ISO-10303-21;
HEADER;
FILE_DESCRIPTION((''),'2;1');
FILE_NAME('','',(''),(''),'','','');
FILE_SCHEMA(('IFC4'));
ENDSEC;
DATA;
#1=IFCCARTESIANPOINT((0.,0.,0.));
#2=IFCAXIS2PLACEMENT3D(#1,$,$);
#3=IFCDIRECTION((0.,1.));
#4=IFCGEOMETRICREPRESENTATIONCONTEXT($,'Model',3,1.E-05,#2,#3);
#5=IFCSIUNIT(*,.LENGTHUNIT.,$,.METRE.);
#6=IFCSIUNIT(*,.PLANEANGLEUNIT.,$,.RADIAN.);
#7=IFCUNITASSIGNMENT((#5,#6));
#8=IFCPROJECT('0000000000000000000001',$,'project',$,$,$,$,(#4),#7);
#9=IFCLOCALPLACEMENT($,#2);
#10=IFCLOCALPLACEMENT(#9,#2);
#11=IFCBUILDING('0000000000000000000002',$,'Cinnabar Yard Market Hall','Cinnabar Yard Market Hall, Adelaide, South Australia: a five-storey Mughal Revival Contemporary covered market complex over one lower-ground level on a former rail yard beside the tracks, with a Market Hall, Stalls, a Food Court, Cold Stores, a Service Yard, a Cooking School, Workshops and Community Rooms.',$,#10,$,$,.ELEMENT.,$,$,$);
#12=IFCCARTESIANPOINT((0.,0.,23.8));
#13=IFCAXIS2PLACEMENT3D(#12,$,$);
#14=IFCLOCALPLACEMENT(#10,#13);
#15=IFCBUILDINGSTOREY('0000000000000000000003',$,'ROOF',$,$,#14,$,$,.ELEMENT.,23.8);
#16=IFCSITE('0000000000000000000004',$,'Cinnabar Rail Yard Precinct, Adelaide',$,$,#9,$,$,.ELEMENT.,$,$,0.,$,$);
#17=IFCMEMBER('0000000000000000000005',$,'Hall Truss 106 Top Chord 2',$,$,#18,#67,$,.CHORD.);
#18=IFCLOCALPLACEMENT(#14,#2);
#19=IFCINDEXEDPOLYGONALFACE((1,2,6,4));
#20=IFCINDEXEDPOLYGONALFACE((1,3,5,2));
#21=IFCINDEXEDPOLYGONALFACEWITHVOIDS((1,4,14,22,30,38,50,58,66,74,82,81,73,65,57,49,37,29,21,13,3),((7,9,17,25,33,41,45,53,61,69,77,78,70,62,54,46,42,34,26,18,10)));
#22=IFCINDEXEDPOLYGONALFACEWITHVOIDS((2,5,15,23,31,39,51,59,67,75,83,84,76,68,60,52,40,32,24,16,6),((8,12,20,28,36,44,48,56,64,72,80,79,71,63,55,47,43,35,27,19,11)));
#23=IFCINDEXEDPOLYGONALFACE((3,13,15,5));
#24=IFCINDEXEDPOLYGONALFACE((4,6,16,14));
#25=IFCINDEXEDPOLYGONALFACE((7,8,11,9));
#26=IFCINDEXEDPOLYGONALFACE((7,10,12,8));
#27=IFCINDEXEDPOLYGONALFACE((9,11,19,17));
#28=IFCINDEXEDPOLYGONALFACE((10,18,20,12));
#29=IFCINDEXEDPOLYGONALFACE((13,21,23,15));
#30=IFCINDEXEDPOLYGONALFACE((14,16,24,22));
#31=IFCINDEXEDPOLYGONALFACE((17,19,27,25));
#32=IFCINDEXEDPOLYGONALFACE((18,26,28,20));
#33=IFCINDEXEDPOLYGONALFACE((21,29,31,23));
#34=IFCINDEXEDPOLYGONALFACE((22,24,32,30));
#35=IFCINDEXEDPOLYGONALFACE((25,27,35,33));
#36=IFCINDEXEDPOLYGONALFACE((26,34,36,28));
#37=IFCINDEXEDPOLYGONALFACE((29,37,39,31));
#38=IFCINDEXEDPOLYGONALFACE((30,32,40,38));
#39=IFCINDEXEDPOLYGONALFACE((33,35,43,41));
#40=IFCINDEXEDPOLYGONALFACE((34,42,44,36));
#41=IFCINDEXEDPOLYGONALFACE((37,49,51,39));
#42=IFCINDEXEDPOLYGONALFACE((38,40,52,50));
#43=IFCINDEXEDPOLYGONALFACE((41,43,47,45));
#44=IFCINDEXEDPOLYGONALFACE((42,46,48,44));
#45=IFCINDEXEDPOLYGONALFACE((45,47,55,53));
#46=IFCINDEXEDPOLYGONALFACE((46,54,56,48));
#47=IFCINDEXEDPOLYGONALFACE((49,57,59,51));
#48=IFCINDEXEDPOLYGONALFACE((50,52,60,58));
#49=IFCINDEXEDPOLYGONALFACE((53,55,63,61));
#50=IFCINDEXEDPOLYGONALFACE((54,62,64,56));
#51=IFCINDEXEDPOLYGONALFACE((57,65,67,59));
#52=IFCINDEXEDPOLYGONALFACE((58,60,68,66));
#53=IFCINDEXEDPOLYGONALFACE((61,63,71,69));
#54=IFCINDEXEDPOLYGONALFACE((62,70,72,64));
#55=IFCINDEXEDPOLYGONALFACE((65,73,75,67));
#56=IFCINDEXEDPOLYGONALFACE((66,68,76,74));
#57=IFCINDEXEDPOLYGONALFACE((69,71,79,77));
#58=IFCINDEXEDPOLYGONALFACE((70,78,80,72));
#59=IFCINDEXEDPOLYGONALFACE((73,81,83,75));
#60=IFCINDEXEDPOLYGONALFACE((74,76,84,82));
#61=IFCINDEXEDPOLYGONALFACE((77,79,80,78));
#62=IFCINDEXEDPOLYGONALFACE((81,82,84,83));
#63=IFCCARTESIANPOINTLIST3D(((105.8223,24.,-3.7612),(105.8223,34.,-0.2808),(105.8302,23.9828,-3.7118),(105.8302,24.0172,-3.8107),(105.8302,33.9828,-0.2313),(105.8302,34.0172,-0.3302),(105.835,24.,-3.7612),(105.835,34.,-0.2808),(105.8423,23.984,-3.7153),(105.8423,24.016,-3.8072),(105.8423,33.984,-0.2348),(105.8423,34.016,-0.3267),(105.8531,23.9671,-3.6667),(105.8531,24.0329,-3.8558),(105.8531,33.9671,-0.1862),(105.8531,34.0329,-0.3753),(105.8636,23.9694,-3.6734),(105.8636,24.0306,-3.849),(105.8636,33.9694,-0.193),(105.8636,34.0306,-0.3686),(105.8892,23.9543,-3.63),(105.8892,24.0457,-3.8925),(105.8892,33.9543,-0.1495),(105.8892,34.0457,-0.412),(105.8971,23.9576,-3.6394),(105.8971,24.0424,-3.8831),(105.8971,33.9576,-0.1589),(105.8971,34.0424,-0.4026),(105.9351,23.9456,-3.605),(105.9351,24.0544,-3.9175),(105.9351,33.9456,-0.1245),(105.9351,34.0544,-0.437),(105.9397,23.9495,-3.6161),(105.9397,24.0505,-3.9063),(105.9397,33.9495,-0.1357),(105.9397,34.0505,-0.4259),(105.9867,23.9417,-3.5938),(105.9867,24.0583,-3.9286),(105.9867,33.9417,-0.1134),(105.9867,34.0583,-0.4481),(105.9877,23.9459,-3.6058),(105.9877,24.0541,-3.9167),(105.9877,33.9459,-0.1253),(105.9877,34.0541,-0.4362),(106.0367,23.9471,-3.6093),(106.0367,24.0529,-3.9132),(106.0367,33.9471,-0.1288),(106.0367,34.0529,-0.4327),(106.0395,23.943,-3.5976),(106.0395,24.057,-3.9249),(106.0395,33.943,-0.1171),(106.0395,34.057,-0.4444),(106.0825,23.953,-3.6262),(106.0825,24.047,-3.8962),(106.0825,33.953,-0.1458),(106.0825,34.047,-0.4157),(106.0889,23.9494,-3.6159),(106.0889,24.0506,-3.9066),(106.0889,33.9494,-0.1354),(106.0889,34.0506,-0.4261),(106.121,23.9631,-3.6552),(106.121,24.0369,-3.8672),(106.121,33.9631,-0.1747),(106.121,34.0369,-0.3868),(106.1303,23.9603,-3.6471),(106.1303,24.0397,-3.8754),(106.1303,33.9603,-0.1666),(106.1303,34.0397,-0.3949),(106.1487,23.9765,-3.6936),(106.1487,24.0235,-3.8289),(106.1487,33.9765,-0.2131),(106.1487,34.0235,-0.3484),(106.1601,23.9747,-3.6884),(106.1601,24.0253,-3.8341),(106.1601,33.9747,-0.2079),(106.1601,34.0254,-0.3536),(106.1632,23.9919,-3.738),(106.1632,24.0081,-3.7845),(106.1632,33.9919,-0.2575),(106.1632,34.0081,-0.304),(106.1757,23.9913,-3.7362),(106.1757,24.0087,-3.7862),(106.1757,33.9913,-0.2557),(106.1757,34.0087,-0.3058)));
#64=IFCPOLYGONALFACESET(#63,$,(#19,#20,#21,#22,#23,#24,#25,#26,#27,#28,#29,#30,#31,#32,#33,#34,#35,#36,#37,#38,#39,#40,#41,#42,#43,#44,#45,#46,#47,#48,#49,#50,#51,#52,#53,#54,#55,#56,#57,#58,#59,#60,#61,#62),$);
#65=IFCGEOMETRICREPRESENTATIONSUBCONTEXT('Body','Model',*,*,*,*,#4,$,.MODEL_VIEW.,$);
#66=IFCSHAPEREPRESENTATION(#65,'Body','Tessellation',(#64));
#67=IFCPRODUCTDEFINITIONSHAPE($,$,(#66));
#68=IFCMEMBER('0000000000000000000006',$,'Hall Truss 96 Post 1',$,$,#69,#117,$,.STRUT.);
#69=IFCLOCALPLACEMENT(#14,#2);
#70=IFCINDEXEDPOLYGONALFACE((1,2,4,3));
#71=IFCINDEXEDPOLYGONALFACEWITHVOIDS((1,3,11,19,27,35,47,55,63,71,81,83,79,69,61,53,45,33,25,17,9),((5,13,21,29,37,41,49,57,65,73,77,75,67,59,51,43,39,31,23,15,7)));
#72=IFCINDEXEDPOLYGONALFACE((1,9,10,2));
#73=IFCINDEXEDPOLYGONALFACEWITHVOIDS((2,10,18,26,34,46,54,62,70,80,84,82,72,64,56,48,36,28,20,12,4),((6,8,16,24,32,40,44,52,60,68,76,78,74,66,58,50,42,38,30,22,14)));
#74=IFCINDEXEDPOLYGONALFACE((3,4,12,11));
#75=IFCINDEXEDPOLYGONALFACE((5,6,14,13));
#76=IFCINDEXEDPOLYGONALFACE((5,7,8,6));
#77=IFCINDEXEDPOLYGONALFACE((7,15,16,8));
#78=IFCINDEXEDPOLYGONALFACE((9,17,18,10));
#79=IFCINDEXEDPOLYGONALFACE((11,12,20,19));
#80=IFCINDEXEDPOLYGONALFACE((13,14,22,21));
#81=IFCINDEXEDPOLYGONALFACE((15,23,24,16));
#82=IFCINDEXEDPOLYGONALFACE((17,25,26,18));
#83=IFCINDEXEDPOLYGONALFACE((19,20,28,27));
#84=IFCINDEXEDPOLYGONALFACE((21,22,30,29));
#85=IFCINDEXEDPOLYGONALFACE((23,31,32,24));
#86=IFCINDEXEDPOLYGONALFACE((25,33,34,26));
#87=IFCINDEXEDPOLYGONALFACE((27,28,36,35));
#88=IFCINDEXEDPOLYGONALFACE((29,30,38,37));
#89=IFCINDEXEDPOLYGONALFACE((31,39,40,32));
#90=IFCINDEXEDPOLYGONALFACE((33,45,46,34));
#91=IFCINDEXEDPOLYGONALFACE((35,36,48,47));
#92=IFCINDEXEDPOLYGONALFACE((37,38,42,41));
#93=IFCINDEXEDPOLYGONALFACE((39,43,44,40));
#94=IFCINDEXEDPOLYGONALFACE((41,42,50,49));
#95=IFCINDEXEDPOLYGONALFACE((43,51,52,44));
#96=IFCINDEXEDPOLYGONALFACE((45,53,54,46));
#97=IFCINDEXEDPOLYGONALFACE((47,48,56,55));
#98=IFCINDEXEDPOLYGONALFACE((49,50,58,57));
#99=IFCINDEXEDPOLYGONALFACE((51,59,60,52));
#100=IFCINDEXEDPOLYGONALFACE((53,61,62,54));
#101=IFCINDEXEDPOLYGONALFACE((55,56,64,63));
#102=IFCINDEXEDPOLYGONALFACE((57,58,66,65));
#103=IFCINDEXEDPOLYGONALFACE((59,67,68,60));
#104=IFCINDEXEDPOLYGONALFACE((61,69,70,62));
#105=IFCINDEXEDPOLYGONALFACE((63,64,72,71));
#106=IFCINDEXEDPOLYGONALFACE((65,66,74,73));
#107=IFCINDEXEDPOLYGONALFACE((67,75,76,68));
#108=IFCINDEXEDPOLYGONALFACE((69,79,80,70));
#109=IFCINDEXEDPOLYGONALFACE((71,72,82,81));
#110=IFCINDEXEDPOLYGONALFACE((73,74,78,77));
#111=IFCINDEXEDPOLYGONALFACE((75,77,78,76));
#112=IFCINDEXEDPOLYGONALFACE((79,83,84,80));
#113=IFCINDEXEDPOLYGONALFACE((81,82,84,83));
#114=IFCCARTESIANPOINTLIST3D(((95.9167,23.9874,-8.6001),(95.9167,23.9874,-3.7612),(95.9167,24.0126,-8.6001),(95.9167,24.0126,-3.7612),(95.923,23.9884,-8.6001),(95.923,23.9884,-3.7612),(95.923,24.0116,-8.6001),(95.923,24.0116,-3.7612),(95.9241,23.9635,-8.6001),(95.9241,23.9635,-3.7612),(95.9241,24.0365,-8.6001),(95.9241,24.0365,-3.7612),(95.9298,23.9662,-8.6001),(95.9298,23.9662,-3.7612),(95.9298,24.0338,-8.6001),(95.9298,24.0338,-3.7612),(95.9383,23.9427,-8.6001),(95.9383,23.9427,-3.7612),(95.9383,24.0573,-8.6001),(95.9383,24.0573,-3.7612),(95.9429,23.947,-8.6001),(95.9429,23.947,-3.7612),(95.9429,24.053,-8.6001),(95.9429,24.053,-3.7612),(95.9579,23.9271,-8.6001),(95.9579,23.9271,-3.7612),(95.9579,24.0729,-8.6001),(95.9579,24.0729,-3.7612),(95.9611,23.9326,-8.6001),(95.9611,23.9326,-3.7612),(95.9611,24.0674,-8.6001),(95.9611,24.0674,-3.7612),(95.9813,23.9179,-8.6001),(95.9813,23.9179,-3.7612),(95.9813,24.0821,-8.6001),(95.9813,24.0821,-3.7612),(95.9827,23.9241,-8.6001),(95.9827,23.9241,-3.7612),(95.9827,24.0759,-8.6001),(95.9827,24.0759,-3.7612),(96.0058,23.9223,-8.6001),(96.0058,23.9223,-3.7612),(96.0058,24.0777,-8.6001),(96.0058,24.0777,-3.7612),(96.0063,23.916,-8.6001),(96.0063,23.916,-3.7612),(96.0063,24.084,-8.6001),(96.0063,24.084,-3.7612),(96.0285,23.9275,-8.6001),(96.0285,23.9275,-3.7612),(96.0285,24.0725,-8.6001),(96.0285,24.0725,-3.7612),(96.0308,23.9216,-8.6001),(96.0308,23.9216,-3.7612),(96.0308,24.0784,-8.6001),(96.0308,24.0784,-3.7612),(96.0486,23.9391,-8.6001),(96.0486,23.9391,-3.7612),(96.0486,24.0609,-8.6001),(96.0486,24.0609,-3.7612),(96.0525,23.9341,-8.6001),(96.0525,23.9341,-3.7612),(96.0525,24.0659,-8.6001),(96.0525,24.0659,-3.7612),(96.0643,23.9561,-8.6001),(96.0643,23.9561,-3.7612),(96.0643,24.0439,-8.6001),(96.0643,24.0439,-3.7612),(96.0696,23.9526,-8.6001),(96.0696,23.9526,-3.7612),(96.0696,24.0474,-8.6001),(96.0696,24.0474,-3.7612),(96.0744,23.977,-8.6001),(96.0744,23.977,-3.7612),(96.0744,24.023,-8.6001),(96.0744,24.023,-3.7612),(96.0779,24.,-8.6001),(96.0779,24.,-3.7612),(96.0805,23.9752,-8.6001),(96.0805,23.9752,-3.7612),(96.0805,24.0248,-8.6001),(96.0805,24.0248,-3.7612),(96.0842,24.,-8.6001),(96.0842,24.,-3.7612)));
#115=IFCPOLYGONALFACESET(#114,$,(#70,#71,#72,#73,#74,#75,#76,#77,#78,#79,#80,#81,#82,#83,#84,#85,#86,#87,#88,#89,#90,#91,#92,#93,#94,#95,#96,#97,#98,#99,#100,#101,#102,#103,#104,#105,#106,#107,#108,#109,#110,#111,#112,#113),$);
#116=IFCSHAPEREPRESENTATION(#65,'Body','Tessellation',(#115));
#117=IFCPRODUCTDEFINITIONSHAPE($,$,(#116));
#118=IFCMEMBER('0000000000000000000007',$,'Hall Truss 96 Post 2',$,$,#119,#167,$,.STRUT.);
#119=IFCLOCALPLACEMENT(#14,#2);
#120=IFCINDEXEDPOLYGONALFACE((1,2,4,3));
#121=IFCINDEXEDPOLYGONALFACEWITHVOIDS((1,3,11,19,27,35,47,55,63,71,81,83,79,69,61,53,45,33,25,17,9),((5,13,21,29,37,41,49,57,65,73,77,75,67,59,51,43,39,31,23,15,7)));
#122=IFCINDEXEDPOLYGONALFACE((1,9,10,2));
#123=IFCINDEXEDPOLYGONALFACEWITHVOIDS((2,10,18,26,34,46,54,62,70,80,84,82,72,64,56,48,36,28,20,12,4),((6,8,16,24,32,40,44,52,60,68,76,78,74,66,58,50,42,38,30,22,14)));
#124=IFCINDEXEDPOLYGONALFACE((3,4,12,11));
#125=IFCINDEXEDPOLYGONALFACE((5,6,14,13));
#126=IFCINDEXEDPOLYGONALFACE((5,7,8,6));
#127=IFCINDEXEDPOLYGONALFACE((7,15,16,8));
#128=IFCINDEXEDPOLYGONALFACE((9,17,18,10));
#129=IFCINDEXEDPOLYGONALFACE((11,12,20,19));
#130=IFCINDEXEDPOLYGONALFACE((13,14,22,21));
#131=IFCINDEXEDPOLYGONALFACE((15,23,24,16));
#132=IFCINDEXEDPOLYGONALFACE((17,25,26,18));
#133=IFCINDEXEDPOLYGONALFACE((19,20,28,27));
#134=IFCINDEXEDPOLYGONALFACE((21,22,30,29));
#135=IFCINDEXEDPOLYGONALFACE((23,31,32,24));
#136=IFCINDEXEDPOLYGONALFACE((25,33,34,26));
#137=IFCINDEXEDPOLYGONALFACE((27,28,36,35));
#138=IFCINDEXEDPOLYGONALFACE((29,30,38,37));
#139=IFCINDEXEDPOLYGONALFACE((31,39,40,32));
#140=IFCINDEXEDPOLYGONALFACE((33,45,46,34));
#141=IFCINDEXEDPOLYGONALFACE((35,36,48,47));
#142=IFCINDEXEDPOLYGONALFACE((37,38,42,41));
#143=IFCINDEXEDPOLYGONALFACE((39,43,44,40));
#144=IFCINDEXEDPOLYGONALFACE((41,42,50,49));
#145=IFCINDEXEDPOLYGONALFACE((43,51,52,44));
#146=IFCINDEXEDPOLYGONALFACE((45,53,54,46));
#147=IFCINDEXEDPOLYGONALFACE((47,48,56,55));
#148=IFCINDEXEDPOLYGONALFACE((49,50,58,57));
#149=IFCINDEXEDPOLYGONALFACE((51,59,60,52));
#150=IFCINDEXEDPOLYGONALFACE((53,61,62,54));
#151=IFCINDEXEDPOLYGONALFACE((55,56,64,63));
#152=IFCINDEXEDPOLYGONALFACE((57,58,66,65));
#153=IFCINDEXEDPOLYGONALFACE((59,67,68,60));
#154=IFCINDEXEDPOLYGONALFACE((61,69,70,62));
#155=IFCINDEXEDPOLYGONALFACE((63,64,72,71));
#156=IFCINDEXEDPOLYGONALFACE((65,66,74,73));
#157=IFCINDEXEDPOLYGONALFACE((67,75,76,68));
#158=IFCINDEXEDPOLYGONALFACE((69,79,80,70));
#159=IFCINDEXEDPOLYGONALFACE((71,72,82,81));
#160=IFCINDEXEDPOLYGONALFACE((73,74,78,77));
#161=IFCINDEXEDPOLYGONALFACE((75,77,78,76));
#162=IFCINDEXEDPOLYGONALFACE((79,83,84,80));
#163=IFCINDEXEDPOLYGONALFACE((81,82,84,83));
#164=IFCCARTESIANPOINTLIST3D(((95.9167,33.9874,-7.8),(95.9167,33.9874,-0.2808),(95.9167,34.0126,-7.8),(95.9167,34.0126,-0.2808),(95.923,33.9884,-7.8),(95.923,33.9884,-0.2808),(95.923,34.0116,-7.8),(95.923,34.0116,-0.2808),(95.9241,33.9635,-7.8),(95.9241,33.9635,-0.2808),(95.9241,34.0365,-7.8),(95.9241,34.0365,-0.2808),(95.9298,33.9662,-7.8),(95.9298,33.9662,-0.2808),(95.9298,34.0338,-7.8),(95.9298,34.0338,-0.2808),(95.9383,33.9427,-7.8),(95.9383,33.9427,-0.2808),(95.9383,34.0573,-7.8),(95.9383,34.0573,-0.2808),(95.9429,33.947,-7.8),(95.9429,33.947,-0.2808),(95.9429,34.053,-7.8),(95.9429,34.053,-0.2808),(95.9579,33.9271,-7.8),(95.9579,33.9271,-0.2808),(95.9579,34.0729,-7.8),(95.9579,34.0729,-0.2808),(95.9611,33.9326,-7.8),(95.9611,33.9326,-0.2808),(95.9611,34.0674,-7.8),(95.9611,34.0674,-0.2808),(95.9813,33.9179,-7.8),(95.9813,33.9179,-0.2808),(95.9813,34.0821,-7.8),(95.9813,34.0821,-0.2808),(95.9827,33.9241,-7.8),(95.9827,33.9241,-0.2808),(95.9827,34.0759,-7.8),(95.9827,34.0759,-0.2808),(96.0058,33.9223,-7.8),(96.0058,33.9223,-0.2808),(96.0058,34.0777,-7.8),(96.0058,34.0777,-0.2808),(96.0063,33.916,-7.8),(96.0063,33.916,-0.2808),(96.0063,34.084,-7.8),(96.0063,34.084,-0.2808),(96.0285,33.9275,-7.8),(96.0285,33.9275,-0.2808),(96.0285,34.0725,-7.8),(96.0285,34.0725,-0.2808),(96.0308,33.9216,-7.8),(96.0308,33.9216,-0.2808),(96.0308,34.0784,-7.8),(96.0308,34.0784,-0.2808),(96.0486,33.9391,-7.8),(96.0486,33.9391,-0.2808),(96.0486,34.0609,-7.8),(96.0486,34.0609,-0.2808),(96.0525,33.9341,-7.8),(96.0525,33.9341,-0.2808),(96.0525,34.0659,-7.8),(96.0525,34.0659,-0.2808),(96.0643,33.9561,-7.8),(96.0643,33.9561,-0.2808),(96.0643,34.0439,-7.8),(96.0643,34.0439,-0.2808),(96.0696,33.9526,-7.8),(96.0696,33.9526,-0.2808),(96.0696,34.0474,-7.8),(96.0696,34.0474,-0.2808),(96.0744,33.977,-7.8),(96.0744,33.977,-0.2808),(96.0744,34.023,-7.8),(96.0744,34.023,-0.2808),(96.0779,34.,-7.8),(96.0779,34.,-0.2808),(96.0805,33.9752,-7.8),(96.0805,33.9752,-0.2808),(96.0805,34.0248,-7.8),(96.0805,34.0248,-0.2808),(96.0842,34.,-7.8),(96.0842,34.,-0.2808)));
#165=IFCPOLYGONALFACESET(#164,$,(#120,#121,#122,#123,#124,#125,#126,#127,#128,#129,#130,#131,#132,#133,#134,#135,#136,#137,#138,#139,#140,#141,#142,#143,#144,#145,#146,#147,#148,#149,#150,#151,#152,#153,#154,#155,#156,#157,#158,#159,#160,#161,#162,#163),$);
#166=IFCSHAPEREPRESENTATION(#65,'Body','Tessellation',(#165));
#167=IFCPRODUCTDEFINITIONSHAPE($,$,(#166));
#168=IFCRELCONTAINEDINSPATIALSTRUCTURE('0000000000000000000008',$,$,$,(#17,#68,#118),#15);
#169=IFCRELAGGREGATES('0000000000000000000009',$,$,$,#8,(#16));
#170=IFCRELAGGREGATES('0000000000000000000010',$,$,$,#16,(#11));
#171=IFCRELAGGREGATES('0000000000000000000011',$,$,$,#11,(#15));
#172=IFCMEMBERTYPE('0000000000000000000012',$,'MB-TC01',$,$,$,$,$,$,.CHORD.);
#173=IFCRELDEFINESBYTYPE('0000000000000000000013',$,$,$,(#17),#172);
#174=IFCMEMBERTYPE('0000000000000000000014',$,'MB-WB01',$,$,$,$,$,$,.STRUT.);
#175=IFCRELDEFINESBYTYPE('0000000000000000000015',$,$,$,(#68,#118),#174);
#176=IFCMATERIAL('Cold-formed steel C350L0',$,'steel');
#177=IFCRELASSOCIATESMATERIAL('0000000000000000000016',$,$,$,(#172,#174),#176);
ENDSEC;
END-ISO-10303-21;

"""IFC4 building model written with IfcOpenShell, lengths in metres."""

from ifc_helpers import new_model, si_unit, direction, frame, origin, origin_2d_with_axis, place, context, subcontext, project, spatial, hollow_circle, extrude, material, material_profile, profile_set, type_object, element, save


model = new_model("IFC4")

# Units and contexts
model_context = context("Model", 3, precision=1e-05, world=origin(), true_north=direction((0.0, 1.0)))
body_context = subcontext(model_context, "Body", "Model", "MODEL_VIEW")
ifc_project = project(units=[si_unit("LENGTHUNIT", "METRE"), si_unit("PLANEANGLEUNIT", "RADIAN")], contexts=[model_context])

# Site, building, storey
site_placement = place(None, origin())
site = spatial("IfcSite", under=ifc_project, at=site_placement, Name="Cinnabar Rail Yard Precinct, Adelaide", CompositionType="ELEMENT", RefElevation=0.0)
building_placement = place(site_placement, origin())
building = spatial("IfcBuilding", under=site, at=building_placement, Name="Cinnabar Yard Market Hall", Description="Cinnabar Yard Market Hall, Adelaide, South Australia: a five-storey Mughal Revival Contemporary covered market complex over one lower-ground level on a former rail yard beside the tracks, with a Market Hall, Stalls, a Food Court, Cold Stores, a Service Yard, a Cooking School, Workshops and Community Rooms.", CompositionType="ELEMENT")
storey_placement = place(building_placement, frame((0.0, 0.0, 23.8)))
storey = spatial("IfcBuildingStorey", under=building, at=storey_placement, Name="ROOF", CompositionType="ELEMENT", Elevation=23.8)

# Members
ifc_material_1 = material(Name="Cold-formed steel C350L0", Category="steel")
ifc_material_profile_1 = material_profile(ifc_material_1, hollow_circle(Radius=0.1777, WallThickness=0.0127, at=origin_2d_with_axis()), Name="355.6x12.7CHS")
ifc_profile_set_1 = profile_set([ifc_material_profile_1], Name="Cold-formed steel C350L0")
member_type_1 = type_object("IfcMemberType", Name="MB-TC01", PredefinedType="CHORD", material=ifc_profile_set_1)
for number, where, z_axis, x_axis, name in (
    (1, (106.0, 24.0, -3.7612), (0.0, 0.944432, 0.328707), (-1.0, 0.0, 0.0), "Hall Truss 106 Top Chord 2"),
):
    element("IfcMember", number, at=place(storey_placement, frame(where, z_axis=z_axis, x_axis=x_axis)), inside=storey, type_object=member_type_1, Name=name, PredefinedType="CHORD", context=body_context, shape_type="SweptSolid", body=[
        extrude(hollow_circle(Radius=0.1777, WallThickness=0.0127, at=origin_2d_with_axis()), origin(), (0.0, 0.0, 1.0), 10.5884),
    ])
ifc_material_profile_2 = material_profile(ifc_material_1, hollow_circle(Radius=0.0842, WallThickness=0.0063, at=origin_2d_with_axis()), Name="168.3x6.4CHS")
ifc_profile_set_2 = profile_set([ifc_material_profile_2], Name="Cold-formed steel C350L0")
member_type_2 = type_object("IfcMemberType", Name="MB-WB01", PredefinedType="STRUT", material=ifc_profile_set_2)
member_1_placement = place(storey_placement, frame((96.0, 24.0, -8.6001), z_axis=(0.0, 0.0, 1.0), x_axis=(1.0, 0.0, 0.0)))
element("IfcMember", 2, at=member_1_placement, inside=storey, type_object=member_type_2, Name="Hall Truss 96 Post 1", PredefinedType="STRUT", context=body_context, shape_type="SweptSolid", body=[
    extrude(hollow_circle(Radius=0.0842, WallThickness=0.0063, at=origin_2d_with_axis()), origin(), (0.0, 0.0, 1.0), 4.8389),
])
member_2_placement = place(storey_placement, frame((96.0, 34.0, -7.8), z_axis=(0.0, 0.0, 1.0), x_axis=(1.0, 0.0, 0.0)))
element("IfcMember", 3, at=member_2_placement, inside=storey, type_object=member_type_2, Name="Hall Truss 96 Post 2", PredefinedType="STRUT", context=body_context, shape_type="SweptSolid", body=[
    extrude(hollow_circle(Radius=0.0842, WallThickness=0.0063, at=origin_2d_with_axis()), origin(), (0.0, 0.0, 1.0), 7.5193),
])

save(model, "model.ifc")
